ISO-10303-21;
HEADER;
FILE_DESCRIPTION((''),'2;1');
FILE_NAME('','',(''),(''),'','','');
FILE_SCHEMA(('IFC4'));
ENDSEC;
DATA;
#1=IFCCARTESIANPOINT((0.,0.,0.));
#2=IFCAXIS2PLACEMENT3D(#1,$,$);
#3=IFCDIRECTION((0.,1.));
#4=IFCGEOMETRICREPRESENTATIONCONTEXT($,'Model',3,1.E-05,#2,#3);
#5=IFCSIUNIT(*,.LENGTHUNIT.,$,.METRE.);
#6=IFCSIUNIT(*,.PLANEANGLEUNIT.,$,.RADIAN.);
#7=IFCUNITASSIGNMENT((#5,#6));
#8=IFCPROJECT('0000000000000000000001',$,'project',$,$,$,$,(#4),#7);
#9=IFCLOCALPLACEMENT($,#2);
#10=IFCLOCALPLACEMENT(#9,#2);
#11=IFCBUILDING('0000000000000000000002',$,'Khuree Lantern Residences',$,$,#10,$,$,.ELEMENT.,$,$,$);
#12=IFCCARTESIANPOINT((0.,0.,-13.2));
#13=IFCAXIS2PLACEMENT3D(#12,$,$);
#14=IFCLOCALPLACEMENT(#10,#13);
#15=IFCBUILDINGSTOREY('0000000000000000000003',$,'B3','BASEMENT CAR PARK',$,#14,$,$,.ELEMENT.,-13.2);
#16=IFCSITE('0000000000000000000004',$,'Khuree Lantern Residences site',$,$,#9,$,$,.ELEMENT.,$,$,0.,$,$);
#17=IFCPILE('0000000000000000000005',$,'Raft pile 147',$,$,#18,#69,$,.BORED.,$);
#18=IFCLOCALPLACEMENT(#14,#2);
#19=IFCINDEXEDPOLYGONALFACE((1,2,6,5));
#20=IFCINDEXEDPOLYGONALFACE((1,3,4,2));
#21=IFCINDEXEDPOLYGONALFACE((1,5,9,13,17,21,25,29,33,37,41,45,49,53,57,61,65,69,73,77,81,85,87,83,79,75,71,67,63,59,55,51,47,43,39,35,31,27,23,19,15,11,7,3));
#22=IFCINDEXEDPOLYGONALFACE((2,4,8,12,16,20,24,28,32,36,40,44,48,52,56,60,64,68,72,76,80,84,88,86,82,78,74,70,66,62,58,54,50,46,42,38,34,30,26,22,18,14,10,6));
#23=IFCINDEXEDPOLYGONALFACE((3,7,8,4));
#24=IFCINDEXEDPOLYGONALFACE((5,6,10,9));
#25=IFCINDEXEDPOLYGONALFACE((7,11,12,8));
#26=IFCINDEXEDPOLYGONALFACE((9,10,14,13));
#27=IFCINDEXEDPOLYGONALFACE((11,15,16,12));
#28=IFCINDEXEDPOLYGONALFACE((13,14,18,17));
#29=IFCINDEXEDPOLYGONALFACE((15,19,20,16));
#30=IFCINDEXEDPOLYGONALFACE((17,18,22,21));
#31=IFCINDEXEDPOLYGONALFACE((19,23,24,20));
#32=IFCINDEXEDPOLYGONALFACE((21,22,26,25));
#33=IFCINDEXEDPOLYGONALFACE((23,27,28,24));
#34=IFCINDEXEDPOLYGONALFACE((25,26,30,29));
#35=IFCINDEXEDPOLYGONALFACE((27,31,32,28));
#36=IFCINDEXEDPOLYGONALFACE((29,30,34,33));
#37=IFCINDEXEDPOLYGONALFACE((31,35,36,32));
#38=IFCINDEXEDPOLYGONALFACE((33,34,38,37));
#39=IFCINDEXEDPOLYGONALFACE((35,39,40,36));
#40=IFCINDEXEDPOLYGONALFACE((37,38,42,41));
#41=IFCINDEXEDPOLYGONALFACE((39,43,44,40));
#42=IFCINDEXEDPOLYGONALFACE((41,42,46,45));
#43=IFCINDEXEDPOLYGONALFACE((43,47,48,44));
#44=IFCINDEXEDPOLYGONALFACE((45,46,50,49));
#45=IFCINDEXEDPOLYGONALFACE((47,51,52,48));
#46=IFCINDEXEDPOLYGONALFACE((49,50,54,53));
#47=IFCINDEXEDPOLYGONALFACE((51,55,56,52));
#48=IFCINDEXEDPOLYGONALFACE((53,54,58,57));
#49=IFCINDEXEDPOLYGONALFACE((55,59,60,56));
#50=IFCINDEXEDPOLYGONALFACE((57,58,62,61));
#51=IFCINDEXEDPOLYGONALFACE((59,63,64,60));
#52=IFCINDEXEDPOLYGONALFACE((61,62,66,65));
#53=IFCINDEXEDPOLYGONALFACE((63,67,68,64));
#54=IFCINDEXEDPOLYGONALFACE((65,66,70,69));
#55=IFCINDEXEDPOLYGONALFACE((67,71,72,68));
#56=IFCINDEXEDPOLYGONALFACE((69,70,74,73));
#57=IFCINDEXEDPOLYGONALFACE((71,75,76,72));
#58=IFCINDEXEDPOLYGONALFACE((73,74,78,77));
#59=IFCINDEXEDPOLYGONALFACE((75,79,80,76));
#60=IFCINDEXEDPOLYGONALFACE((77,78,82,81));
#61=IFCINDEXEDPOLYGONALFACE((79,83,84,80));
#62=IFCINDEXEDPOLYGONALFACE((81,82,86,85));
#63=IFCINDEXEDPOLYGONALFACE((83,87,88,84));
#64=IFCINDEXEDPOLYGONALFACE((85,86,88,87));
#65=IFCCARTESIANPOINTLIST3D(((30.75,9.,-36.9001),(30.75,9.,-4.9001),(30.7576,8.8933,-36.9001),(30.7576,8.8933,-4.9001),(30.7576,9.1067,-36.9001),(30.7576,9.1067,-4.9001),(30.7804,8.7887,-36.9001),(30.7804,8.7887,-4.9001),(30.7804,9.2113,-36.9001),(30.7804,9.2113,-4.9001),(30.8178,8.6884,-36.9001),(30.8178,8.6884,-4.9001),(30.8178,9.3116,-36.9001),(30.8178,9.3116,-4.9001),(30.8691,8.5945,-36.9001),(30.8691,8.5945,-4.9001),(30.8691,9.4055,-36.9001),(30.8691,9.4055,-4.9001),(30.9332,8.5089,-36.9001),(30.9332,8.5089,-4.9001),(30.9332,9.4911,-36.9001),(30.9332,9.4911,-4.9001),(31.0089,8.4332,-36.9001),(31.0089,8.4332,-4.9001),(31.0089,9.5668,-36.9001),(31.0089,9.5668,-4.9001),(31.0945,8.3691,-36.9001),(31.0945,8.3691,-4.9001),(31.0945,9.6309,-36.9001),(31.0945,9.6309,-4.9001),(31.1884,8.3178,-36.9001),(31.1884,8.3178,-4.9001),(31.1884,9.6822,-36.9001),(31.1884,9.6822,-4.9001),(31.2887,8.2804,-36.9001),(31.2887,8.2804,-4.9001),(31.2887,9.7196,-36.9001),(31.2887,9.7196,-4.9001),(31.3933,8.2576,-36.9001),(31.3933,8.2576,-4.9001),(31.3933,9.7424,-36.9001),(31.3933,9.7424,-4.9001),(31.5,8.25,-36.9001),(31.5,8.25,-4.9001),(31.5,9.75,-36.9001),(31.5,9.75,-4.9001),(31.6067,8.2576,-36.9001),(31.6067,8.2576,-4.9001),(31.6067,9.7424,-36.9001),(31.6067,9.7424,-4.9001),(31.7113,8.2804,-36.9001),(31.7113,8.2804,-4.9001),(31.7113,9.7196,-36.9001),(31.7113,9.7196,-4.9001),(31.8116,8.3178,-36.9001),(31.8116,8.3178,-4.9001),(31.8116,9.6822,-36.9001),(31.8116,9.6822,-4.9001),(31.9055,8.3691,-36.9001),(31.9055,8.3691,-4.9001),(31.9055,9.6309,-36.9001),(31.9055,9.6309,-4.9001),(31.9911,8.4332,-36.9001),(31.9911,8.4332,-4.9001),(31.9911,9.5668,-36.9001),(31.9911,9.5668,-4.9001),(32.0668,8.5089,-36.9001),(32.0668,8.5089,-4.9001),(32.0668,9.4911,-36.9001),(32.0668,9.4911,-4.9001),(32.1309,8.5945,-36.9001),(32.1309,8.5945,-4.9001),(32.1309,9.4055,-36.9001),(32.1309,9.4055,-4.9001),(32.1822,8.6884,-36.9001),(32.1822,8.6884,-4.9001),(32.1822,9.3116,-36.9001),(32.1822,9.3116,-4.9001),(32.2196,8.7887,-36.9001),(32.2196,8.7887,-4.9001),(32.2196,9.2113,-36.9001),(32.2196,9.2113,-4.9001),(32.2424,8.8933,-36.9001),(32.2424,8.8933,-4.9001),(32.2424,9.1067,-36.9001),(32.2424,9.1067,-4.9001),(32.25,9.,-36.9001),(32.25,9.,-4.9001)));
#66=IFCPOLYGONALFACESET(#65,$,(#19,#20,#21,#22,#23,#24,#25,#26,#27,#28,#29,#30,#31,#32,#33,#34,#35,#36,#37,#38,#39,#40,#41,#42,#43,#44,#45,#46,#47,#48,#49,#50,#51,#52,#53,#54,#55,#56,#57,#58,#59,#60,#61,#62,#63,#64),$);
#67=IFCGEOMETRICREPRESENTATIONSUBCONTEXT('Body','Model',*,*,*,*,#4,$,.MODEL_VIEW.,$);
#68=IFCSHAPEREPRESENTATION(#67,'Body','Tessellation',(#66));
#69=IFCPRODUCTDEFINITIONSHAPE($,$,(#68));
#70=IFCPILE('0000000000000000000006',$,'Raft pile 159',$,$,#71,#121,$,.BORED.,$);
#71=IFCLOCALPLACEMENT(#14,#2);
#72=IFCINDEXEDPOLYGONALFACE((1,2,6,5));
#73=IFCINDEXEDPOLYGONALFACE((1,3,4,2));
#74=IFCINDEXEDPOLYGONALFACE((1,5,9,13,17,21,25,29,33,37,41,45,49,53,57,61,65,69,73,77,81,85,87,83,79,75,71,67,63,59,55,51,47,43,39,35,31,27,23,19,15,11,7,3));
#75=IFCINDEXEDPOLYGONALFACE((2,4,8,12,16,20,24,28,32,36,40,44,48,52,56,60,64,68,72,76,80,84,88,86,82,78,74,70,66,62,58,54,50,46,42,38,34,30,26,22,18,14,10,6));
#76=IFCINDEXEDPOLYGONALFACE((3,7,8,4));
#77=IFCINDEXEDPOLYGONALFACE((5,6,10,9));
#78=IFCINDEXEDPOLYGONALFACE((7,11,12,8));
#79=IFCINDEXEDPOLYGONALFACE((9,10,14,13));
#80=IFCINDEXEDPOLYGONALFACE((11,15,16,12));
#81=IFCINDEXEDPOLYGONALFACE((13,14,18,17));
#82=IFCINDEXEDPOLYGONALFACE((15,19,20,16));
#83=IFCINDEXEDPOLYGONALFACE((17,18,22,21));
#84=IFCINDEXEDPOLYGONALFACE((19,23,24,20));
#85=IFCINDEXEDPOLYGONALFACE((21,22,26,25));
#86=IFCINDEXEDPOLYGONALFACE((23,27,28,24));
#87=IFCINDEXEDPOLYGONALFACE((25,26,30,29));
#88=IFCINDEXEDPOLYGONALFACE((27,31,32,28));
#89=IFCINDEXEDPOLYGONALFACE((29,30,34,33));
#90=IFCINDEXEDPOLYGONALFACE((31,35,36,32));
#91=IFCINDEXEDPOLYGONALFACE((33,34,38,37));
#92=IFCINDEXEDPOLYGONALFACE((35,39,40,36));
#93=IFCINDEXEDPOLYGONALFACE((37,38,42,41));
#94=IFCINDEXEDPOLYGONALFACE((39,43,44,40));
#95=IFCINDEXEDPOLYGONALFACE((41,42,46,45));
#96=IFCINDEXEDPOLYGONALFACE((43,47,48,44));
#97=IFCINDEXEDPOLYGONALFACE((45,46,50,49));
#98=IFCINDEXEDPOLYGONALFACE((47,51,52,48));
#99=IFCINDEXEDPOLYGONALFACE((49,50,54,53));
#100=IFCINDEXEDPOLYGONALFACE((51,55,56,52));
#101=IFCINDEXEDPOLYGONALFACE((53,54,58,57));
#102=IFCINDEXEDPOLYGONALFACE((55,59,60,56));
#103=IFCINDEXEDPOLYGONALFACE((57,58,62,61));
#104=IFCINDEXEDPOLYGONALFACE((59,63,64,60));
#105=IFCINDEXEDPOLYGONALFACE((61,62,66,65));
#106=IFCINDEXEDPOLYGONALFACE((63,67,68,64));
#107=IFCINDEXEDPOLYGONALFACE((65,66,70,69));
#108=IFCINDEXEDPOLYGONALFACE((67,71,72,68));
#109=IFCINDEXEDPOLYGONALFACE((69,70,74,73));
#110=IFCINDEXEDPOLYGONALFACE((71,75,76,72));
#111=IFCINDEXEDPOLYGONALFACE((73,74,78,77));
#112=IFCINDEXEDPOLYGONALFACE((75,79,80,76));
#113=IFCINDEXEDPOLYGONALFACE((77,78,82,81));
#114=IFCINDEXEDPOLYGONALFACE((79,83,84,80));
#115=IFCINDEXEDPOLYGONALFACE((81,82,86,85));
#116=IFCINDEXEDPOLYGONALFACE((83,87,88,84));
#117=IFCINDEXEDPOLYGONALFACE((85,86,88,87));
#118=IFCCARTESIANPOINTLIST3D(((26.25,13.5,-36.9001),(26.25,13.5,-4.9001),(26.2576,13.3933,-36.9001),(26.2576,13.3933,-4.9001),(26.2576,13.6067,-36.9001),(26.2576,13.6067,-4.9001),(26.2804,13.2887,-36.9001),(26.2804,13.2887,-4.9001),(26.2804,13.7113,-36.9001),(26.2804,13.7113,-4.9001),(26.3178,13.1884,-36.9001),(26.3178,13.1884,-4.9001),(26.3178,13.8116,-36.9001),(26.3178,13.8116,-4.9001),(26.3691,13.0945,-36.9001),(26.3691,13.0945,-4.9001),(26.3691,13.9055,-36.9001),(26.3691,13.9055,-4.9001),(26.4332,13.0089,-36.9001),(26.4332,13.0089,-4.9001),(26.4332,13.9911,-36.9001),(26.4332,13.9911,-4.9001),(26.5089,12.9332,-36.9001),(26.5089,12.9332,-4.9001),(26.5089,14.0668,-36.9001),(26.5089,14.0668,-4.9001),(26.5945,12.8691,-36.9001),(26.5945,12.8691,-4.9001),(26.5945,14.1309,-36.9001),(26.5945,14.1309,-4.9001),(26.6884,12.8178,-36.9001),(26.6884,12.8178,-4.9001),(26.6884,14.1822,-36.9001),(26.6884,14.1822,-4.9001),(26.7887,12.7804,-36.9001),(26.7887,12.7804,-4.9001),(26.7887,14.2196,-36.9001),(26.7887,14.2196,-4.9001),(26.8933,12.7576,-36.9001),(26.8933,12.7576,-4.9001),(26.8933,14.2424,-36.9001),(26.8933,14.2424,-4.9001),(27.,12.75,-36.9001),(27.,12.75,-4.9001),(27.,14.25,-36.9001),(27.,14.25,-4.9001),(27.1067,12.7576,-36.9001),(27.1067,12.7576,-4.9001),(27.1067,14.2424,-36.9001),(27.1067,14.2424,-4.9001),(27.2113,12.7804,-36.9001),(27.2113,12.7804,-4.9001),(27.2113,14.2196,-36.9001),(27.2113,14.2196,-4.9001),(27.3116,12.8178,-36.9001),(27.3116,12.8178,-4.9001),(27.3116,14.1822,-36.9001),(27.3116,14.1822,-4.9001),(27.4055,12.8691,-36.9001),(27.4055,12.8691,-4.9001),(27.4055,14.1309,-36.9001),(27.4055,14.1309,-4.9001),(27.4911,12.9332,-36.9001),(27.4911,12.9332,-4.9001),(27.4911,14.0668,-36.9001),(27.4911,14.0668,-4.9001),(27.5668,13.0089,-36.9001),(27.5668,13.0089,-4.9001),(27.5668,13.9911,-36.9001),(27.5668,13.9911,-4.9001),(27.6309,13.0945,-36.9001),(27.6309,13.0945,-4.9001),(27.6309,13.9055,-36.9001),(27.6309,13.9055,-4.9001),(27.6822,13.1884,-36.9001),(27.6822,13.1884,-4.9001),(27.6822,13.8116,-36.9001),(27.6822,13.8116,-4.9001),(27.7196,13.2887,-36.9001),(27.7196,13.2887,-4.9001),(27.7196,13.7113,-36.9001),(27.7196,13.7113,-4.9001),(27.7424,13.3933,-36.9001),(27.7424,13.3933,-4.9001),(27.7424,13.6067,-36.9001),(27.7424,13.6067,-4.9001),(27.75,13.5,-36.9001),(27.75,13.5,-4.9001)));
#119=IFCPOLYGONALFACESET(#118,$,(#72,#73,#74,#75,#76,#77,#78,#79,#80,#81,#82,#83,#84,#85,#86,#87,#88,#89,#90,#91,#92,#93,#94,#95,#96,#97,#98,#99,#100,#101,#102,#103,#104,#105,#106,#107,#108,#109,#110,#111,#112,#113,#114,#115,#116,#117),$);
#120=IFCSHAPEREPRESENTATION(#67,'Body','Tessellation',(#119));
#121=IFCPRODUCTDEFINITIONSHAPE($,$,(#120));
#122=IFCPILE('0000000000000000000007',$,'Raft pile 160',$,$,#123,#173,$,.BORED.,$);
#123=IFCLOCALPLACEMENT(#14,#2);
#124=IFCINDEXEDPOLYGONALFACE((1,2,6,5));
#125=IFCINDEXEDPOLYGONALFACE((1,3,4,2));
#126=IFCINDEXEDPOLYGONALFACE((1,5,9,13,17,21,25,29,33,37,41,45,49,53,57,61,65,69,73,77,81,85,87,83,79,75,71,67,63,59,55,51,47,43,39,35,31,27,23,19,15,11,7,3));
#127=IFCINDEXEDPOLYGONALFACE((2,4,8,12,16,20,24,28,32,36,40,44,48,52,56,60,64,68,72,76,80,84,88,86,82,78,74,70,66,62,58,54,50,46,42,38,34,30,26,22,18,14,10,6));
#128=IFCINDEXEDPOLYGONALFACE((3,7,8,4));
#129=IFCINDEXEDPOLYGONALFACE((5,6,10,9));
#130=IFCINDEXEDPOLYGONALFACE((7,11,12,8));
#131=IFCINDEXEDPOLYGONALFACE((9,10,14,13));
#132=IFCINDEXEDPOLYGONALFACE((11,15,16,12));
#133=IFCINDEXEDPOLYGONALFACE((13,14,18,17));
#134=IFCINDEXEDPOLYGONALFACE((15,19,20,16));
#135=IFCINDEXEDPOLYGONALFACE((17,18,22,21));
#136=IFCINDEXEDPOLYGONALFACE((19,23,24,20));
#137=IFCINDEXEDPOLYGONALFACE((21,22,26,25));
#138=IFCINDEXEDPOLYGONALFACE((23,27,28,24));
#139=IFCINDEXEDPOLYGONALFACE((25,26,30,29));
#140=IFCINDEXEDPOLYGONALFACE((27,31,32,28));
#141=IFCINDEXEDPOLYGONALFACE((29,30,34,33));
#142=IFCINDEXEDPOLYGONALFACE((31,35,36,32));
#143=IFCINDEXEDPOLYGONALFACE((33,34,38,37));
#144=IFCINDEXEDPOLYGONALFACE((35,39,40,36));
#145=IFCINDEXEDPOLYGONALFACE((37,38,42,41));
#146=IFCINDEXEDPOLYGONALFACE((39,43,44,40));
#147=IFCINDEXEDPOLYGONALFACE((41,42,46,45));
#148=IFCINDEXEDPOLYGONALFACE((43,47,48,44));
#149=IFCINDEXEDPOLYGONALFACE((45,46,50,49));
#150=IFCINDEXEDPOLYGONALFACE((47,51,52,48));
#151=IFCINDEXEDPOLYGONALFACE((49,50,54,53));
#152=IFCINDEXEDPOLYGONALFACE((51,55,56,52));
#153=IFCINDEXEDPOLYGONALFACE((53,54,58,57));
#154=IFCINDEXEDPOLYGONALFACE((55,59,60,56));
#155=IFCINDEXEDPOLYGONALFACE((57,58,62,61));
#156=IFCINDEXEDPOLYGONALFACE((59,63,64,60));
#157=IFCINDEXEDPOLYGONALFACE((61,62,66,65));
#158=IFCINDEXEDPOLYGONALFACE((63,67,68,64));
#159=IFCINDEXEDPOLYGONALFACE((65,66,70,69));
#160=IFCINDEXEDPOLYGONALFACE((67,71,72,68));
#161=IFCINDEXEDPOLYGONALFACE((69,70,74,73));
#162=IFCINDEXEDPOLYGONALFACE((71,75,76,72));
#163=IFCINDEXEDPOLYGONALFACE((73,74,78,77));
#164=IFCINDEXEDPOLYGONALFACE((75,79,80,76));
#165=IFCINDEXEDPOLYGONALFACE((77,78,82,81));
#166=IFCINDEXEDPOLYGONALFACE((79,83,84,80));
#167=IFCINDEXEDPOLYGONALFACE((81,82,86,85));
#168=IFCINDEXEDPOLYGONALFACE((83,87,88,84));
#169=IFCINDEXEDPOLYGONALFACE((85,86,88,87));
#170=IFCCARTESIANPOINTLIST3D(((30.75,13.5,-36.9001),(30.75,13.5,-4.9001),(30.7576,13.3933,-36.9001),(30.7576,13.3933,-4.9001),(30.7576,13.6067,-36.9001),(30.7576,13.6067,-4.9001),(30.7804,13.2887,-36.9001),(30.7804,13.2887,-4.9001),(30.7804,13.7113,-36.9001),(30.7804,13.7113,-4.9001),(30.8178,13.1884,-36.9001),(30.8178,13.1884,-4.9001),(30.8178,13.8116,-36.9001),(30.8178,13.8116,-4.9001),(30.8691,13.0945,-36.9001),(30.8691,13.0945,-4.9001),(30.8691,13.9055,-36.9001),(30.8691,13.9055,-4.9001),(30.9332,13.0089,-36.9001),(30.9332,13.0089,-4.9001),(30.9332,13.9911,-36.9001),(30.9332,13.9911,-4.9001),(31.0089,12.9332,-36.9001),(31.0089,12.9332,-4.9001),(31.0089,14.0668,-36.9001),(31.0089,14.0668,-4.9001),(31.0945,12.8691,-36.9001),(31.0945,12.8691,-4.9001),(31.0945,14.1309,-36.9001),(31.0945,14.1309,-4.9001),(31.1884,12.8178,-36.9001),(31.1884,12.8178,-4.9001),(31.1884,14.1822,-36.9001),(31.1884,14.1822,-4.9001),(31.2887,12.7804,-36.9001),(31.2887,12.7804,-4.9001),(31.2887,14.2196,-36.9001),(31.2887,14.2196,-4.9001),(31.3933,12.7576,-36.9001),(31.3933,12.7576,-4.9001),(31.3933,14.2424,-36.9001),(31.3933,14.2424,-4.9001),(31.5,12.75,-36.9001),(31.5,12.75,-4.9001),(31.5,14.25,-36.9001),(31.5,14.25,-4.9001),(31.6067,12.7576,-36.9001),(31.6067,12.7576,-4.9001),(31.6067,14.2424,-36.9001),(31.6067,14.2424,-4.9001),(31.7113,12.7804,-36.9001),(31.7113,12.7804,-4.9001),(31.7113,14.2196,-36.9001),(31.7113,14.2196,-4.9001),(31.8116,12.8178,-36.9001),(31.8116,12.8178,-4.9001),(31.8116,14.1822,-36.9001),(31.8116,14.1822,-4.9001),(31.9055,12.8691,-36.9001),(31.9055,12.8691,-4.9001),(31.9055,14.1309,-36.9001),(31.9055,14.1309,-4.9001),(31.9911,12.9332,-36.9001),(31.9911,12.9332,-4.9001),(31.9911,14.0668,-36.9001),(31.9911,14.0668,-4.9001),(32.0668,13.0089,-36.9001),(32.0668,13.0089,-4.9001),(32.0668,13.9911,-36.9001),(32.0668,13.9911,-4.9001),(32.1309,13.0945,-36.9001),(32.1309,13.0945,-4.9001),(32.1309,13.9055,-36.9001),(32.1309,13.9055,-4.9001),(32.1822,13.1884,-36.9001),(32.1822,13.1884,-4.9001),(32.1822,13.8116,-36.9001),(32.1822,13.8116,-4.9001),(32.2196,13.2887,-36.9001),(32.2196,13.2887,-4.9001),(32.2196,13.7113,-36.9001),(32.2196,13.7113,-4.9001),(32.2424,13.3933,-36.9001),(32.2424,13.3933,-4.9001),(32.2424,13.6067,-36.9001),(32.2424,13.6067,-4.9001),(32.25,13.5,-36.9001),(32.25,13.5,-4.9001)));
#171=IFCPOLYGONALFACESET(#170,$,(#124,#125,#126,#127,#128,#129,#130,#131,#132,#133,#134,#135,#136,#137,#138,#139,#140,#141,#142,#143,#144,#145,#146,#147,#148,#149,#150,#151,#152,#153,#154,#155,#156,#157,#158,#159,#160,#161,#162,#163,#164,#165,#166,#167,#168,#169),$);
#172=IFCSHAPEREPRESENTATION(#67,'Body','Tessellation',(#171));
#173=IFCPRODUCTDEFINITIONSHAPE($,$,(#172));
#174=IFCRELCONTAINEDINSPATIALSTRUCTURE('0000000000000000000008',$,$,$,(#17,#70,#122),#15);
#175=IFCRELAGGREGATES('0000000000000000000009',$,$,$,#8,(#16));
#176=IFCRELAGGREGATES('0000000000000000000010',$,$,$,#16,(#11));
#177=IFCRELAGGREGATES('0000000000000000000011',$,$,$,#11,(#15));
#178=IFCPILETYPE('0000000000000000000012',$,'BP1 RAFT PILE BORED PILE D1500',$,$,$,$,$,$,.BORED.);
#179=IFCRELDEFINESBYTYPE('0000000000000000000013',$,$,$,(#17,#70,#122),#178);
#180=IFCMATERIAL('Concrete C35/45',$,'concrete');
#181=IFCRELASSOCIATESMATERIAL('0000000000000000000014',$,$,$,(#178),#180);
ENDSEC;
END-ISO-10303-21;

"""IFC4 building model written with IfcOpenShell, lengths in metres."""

from ifc_helpers import new_model, si_unit, direction, frame, origin, origin_2d, place, context, subcontext, project, spatial, circle, extrude, material, material_profile, profile_set, type_object, element, save


model = new_model("IFC4")

# Units and contexts
model_context = context("Model", 3, precision=1e-05, world=origin(), true_north=direction((0.0, 1.0)))
body_context = subcontext(model_context, "Body", "Model", "MODEL_VIEW")
ifc_project = project(units=[si_unit("LENGTHUNIT", "METRE"), si_unit("PLANEANGLEUNIT", "RADIAN")], contexts=[model_context])

# Site, building, storey
site_placement = place(None, origin())
site = spatial("IfcSite", under=ifc_project, at=site_placement, Name="Khuree Lantern Residences site", CompositionType="ELEMENT", RefElevation=0.0)
building_placement = place(site_placement, origin())
building = spatial("IfcBuilding", under=site, at=building_placement, Name="Khuree Lantern Residences", CompositionType="ELEMENT")
storey_placement = place(building_placement, frame((0.0, 0.0, -13.2)))
storey = spatial("IfcBuildingStorey", under=building, at=storey_placement, Name="B3", Description="BASEMENT CAR PARK", CompositionType="ELEMENT", Elevation=-13.2)

# Piles
ifc_material_1 = material(Name="Concrete C35/45", Category="concrete")
ifc_material_profile_1 = material_profile(ifc_material_1, circle(Radius=0.75, at=origin_2d()), Name="BORED PILE D1500")
ifc_profile_set_1 = profile_set([ifc_material_profile_1], Name="Concrete C35/45")
pile_type_1 = type_object("IfcPileType", Name="BP1 RAFT PILE BORED PILE D1500", PredefinedType="BORED", material=ifc_profile_set_1)
for number, where, z_axis, x_axis, name in (
    (1, (31.5, 9.0, -4.9001), (0.0, 0.0, -1.0), (1.0, 0.0, 0.0), "Raft pile 147"),
    (2, (27.0, 13.5, -4.9001), (0.0, 0.0, -1.0), (1.0, 0.0, 0.0), "Raft pile 159"),
    (3, (31.5, 13.5, -4.9001), (0.0, 0.0, -1.0), (1.0, 0.0, 0.0), "Raft pile 160"),
):
    element("IfcPile", number, at=place(storey_placement, frame(where, z_axis=z_axis, x_axis=x_axis)), inside=storey, type_object=pile_type_1, Name=name, PredefinedType="BORED", context=body_context, shape_type="SweptSolid", body=[
        extrude(circle(Radius=0.75, at=origin_2d()), origin(), (0.0, 0.0, 1.0), 32.0),
    ])

save(model, "model.ifc")
